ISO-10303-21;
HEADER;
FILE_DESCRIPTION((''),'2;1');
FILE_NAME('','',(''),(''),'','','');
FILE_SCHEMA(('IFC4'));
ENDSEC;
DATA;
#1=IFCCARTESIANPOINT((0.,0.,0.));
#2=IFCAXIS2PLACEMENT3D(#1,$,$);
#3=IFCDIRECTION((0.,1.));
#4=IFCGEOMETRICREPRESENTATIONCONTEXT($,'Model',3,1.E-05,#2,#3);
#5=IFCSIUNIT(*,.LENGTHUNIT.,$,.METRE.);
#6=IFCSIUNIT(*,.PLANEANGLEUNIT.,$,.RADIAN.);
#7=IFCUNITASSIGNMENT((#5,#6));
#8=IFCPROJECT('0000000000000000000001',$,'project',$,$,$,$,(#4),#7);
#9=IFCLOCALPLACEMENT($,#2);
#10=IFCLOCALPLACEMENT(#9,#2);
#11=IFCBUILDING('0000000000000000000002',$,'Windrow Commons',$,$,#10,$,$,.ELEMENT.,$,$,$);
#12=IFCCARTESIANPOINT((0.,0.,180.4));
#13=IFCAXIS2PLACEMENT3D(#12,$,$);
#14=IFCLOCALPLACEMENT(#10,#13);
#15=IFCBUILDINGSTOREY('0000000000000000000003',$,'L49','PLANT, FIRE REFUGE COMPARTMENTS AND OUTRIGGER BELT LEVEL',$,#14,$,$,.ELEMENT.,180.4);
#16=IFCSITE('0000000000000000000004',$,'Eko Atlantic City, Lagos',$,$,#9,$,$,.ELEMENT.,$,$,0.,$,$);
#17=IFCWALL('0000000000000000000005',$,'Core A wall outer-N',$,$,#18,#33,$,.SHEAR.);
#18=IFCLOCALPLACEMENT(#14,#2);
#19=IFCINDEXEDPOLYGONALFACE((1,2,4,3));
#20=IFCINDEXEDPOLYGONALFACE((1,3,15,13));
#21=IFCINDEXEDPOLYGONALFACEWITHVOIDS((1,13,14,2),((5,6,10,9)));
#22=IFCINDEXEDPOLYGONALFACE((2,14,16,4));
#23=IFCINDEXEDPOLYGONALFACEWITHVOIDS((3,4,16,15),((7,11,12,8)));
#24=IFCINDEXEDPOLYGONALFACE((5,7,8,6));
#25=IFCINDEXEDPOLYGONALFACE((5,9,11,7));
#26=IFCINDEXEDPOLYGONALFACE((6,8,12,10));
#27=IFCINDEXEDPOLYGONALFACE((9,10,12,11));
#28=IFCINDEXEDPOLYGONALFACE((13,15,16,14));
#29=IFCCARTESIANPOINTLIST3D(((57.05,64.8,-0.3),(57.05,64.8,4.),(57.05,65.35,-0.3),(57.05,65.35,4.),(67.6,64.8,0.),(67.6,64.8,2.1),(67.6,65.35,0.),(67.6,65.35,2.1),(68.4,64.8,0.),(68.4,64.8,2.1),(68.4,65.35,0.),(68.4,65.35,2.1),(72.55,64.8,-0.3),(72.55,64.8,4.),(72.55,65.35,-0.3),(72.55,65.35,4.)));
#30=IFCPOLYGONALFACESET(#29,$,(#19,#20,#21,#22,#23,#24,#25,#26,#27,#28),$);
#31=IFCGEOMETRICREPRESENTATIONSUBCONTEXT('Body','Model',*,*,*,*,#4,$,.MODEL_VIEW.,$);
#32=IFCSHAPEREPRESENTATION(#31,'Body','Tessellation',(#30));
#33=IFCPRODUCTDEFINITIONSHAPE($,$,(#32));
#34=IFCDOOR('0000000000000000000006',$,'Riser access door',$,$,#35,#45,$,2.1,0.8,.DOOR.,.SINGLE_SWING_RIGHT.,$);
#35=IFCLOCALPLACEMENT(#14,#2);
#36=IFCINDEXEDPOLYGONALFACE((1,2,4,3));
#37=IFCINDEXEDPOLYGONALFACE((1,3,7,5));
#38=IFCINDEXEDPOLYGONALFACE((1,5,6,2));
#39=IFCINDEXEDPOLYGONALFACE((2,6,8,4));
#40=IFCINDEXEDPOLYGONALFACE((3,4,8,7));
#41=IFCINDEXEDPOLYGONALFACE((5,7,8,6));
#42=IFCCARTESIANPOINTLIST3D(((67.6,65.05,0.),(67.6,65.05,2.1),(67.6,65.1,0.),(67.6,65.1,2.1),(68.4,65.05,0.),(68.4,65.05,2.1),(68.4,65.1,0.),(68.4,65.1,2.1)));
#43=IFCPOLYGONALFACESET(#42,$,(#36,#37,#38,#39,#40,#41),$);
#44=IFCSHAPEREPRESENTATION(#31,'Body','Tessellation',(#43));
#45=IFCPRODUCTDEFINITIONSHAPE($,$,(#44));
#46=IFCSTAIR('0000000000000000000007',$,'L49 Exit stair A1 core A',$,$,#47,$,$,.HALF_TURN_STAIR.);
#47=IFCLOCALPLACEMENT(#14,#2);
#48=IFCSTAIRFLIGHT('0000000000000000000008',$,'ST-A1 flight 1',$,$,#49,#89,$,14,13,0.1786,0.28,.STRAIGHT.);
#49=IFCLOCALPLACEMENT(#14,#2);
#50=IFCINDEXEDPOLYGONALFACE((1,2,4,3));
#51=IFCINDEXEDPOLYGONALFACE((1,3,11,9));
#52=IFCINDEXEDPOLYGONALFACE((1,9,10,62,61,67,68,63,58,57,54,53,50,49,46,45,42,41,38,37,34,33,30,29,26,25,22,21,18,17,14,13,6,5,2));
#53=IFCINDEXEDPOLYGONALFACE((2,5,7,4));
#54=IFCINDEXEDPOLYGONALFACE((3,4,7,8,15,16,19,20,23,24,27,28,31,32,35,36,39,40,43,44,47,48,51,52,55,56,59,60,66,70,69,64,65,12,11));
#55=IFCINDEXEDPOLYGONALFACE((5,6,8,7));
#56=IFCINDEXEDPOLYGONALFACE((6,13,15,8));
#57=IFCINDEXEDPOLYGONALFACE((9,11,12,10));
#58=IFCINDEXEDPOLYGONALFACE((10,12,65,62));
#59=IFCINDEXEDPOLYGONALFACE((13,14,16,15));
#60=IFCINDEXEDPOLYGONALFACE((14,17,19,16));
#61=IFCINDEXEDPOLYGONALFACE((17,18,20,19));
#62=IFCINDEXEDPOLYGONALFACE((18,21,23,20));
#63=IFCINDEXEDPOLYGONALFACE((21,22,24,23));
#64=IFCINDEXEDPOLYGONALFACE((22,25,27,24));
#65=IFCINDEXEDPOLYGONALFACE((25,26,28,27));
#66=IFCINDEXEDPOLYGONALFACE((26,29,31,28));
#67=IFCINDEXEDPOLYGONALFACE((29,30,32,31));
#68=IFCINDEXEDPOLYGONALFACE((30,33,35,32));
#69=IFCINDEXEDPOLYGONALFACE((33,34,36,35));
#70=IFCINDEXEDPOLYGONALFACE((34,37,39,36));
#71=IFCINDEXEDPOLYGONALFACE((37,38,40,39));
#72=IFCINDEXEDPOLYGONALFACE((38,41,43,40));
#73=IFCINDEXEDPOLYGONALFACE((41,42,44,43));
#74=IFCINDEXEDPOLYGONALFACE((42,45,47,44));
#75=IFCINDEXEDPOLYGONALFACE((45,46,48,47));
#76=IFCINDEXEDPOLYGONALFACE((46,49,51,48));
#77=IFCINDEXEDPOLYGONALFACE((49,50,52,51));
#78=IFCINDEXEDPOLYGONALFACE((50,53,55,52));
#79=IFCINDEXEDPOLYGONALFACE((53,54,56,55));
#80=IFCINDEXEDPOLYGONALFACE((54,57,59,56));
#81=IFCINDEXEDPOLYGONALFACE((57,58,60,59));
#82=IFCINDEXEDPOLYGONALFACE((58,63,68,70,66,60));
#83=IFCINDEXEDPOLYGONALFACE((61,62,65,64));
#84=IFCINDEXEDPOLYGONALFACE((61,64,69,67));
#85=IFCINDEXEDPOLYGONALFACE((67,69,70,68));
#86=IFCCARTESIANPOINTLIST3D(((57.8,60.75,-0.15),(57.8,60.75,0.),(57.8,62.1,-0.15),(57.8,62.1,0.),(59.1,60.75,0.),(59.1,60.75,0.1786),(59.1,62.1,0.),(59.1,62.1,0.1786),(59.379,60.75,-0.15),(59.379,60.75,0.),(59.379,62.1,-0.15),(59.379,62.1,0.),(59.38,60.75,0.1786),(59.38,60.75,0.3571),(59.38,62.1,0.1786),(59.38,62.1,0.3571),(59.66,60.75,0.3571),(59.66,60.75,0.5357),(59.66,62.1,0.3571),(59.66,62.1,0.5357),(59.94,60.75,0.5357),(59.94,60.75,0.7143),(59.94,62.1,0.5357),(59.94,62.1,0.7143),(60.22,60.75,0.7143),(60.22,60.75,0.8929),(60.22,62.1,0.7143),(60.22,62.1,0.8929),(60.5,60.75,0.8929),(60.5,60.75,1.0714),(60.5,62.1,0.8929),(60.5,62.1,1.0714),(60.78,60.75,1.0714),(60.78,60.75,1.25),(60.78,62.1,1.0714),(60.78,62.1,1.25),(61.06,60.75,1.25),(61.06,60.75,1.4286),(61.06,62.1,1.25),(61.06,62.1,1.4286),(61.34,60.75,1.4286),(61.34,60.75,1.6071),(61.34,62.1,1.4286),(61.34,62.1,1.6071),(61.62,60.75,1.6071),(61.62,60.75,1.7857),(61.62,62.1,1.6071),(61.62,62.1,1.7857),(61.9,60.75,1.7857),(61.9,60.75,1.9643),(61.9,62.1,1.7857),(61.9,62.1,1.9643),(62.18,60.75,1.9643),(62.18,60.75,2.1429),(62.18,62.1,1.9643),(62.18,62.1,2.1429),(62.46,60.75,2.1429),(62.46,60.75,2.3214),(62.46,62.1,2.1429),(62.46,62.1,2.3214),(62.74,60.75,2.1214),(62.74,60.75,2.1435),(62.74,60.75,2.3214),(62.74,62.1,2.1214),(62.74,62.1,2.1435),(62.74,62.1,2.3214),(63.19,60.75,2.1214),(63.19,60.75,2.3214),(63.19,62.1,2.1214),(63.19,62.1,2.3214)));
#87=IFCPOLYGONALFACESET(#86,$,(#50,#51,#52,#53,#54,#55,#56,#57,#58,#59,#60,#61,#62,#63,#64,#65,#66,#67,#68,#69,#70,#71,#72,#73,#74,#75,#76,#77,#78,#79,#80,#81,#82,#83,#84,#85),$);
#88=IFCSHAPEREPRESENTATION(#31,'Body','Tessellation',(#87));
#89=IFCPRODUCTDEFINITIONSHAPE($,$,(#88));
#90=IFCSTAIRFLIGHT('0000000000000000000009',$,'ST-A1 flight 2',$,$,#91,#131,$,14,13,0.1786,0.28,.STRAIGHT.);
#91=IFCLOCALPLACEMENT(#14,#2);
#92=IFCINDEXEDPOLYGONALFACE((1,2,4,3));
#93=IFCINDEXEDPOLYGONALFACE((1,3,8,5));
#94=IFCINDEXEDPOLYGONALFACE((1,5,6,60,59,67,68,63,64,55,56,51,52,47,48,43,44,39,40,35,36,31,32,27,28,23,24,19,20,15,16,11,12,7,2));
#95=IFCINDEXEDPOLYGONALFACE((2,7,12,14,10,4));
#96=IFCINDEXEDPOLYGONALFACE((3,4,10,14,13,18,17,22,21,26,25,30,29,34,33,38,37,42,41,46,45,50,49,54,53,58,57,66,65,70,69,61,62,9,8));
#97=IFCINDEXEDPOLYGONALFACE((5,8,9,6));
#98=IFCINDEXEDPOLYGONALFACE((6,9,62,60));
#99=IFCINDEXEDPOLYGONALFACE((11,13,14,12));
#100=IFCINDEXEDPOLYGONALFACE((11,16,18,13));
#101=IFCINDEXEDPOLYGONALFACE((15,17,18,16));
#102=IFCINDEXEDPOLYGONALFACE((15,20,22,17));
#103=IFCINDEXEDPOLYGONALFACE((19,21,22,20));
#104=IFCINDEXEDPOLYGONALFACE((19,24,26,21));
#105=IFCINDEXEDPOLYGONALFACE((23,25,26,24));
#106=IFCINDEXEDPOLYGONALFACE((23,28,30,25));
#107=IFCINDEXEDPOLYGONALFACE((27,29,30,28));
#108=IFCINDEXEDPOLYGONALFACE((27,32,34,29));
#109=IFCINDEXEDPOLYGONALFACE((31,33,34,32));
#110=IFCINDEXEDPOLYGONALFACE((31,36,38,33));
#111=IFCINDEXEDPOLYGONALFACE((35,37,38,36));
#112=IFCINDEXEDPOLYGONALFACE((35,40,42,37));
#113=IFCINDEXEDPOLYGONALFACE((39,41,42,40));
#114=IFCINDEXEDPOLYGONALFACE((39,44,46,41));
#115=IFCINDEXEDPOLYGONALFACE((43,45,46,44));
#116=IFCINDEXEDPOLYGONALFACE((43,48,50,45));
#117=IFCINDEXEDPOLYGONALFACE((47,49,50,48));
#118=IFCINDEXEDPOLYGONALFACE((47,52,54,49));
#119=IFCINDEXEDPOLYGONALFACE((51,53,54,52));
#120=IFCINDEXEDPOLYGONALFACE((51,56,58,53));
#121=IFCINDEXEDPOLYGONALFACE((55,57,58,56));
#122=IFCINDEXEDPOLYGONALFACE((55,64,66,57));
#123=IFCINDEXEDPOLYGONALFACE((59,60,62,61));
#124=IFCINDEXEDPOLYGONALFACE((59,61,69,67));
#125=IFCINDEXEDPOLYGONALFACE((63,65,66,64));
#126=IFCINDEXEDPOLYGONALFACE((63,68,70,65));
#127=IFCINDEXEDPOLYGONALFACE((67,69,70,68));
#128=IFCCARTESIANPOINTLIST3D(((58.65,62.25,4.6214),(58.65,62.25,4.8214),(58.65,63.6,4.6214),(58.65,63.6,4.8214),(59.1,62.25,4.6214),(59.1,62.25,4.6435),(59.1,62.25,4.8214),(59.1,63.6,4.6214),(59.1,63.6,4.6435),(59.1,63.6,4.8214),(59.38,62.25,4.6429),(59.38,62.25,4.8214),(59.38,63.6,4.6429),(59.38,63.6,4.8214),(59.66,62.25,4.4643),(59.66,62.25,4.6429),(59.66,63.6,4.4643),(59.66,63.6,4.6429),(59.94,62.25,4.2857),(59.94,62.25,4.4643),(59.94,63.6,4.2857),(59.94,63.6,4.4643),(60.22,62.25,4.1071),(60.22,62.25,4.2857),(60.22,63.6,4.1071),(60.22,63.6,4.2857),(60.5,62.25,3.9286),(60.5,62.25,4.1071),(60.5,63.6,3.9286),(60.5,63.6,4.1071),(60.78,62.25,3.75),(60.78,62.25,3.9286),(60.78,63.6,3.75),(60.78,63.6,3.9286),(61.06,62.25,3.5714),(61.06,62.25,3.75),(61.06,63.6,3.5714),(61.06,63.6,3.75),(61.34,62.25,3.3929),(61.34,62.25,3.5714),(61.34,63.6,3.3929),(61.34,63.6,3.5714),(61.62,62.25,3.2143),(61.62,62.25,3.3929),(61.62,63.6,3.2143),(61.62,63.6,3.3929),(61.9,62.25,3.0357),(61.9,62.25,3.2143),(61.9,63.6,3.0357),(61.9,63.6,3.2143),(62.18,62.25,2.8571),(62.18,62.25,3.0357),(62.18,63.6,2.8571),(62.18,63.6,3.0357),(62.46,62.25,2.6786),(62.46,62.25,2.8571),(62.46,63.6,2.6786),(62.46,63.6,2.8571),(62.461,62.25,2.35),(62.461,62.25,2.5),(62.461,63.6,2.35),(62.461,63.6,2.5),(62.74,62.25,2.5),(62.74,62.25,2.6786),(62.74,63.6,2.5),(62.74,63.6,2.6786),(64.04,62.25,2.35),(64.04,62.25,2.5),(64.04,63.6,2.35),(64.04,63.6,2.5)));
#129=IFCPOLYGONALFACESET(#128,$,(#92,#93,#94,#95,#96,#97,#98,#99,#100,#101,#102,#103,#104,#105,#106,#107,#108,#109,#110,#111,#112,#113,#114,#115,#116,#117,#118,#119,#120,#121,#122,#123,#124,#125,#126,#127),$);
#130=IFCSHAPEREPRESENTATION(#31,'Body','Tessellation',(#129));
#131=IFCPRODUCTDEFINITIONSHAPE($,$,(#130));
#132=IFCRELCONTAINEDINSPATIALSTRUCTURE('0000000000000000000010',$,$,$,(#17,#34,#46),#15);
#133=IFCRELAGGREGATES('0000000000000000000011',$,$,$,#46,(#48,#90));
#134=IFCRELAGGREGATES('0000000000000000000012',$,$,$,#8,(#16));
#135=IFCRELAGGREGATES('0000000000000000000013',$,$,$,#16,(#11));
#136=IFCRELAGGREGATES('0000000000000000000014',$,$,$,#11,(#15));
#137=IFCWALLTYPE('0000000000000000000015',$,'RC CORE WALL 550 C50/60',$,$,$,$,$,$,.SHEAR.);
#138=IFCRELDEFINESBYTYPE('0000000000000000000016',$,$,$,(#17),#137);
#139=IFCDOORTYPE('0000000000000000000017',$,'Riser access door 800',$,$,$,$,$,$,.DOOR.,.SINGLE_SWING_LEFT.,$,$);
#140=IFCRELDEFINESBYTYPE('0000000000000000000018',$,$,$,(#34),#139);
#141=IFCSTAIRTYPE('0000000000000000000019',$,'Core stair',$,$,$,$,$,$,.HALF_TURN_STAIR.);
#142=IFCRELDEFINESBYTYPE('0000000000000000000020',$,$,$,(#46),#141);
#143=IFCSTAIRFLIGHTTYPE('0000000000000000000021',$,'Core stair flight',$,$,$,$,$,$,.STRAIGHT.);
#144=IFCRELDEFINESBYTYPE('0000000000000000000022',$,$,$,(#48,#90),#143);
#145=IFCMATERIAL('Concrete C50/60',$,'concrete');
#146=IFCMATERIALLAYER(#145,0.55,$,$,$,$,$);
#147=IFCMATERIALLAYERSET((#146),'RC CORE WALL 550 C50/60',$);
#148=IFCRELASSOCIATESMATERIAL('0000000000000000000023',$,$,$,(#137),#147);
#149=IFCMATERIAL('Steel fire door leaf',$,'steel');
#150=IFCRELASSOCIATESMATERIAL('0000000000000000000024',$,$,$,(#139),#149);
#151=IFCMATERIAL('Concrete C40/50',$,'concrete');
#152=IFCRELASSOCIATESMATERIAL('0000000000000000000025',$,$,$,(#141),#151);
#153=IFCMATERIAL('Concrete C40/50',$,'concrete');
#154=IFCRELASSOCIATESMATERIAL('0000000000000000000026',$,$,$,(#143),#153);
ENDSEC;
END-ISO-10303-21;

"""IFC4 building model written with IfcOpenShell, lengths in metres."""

from ifc_helpers import new_model, si_unit, direction, frame, frame_2d, origin, place, context, subcontext, project, spatial, polyline, rectangle, outline, extrude, material, layer, layer_set, type_object, element, fill, aggregate, save


model = new_model("IFC4")

# Units and contexts
model_context = context("Model", 3, precision=1e-05, world=origin(), true_north=direction((0.0, 1.0)))
body_context = subcontext(model_context, "Body", "Model", "MODEL_VIEW")
ifc_project = project(units=[si_unit("LENGTHUNIT", "METRE"), si_unit("PLANEANGLEUNIT", "RADIAN")], contexts=[model_context])

# Site, building, storey
site_placement = place(None, origin())
site = spatial("IfcSite", under=ifc_project, at=site_placement, Name="Eko Atlantic City, Lagos", CompositionType="ELEMENT", RefElevation=0.0)
building_placement = place(site_placement, origin())
building = spatial("IfcBuilding", under=site, at=building_placement, Name="Windrow Commons", CompositionType="ELEMENT")
storey_placement = place(building_placement, frame((0.0, 0.0, 180.4)))
storey = spatial("IfcBuildingStorey", under=building, at=storey_placement, Name="L49", Description="PLANT, FIRE REFUGE COMPARTMENTS AND OUTRIGGER BELT LEVEL", CompositionType="ELEMENT", Elevation=180.4)

# Wall, opening, door
ifc_material_1 = material(Name="Concrete C50/60", Category="concrete")
ifc_layer_1 = layer(ifc_material_1, 0.55)
ifc_layer_set_1 = layer_set([ifc_layer_1], Name="RC CORE WALL 550 C50/60")
wall_type_1 = type_object("IfcWallType", Name="RC CORE WALL 550 C50/60", PredefinedType="SHEAR", material=ifc_layer_set_1)
wall_1_placement = place(storey_placement, frame((57.05, 65.075, -0.3), z_axis=(0.0, 0.0, 1.0), x_axis=(1.0, 0.0, 0.0)))
wall_1 = element("IfcWall", 1, at=wall_1_placement, inside=storey, type_object=wall_type_1, Name="Core A wall outer-N", PredefinedType="SHEAR", context=body_context, shape_type="SweptSolid", body=[
    extrude(rectangle(XDim=15.5, YDim=0.55, at=frame_2d((7.75, 0.0))), origin(), (0.0, 0.0, 1.0), 4.3),
])
opening_1_placement = place(wall_1_placement, frame((10.55, 0.0, 0.3)))
opening_1 = element("IfcOpeningElement", 2, at=opening_1_placement, cuts=wall_1, PredefinedType="OPENING", context=body_context, shape_type="SweptSolid", body=[
    extrude(rectangle(XDim=0.8, YDim=2.1, at=frame_2d((0.4, 1.05))), frame((0.0, 0.285, 0.0), z_axis=(0.0, -1.0, 0.0), x_axis=(1.0, 0.0, 0.0)), (0.0, 0.0, 1.0), 0.57),
])
ifc_material_2 = material(Name="Steel fire door leaf", Category="steel")
door_type_1 = type_object("IfcDoorType", Name="Riser access door 800", OperationType="SINGLE_SWING_LEFT", PredefinedType="DOOR", material=ifc_material_2)
door_1_placement = place(opening_1_placement, origin())
door_1 = element("IfcDoor", 3, at=door_1_placement, inside=storey, type_object=door_type_1, Name="Riser access door", OperationType="SINGLE_SWING_RIGHT", OverallHeight=2.1, OverallWidth=0.8, PredefinedType="DOOR", context=body_context, shape_type="SweptSolid", body=[
    extrude(rectangle(XDim=0.8, YDim=2.1, at=frame_2d((0.4, 1.05))), frame((0.0, 0.025, 0.0), z_axis=(0.0, -1.0, 0.0), x_axis=(1.0, 0.0, 0.0)), (0.0, 0.0, 1.0), 0.05),
])
fill(opening_1, door_1)

# Stair, stair flights
ifc_material_3 = material(Name="Concrete C40/50", Category="concrete")
stair_type = type_object("IfcStairType", Name="Core stair", PredefinedType="HALF_TURN_STAIR", material=ifc_material_3)
stair_placement = place(storey_placement, origin())
stair = element("IfcStair", 4, at=stair_placement, inside=storey, type_object=stair_type, Name="L49 Exit stair A1 core A", PredefinedType="HALF_TURN_STAIR")
ifc_material_4 = material(Name="Concrete C40/50", Category="concrete")
stair_flight_type = type_object("IfcStairFlightType", Name="Core stair flight", PredefinedType="STRAIGHT", material=ifc_material_4)
stair_flight_1_placement = place(storey_placement, frame((59.1, 61.425, 0.0), z_axis=(0.0, 0.0, 1.0), x_axis=(1.0, 0.0, 0.0)))
stair_flight_1 = element("IfcStairFlight", 5, at=stair_flight_1_placement, type_object=stair_flight_type, Name="ST-A1 flight 1", NumberOfRisers=14, NumberOfTreads=13, PredefinedType="STRAIGHT", RiserHeight=0.1786, TreadLength=0.28, context=body_context, shape_type="SweptSolid", body=[
    extrude(outline(polyline([(-1.3, -0.15), (-1.3, 0.0), (0.0, 0.0), (0.0, 0.1786), (0.28, 0.1786), (0.28, 0.3571), (0.56, 0.3571), (0.56, 0.5357), (0.84, 0.5357), (0.84, 0.7143), (1.12, 0.7143), (1.12, 0.8929), (1.4, 0.8929), (1.4, 1.0714), (1.68, 1.0714), (1.68, 1.25), (1.96, 1.25), (1.96, 1.4286), (2.24, 1.4286), (2.24, 1.6071), (2.52, 1.6071), (2.52, 1.7857), (2.8, 1.7857), (2.8, 1.9643), (3.08, 1.9643), (3.08, 2.1429), (3.36, 2.1429), (3.36, 2.3214), (3.64, 2.3214), (4.09, 2.3214), (4.09, 2.1214), (3.64, 2.1214), (3.64, 2.1435), (0.279, 0.0), (0.279, -0.15), (-1.3, -0.15)])), frame((0.0, 0.675, 0.0), z_axis=(0.0, -1.0, 0.0), x_axis=(1.0, 0.0, 0.0)), (0.0, 0.0, 1.0), 1.35),
])
stair_flight_2_placement = place(storey_placement, frame((62.74, 62.925, 2.5), z_axis=(0.0, 0.0, 1.0), x_axis=(-1.0, 0.0, 0.0)))
stair_flight_2 = element("IfcStairFlight", 6, at=stair_flight_2_placement, type_object=stair_flight_type, Name="ST-A1 flight 2", NumberOfRisers=14, NumberOfTreads=13, PredefinedType="STRAIGHT", RiserHeight=0.1786, TreadLength=0.28, context=body_context, shape_type="SweptSolid", body=[
    extrude(outline(polyline([(-1.3, -0.15), (-1.3, 0.0), (0.0, 0.0), (0.0, 0.1786), (0.28, 0.1786), (0.28, 0.3571), (0.56, 0.3571), (0.56, 0.5357), (0.84, 0.5357), (0.84, 0.7143), (1.12, 0.7143), (1.12, 0.8929), (1.4, 0.8929), (1.4, 1.0714), (1.68, 1.0714), (1.68, 1.25), (1.96, 1.25), (1.96, 1.4286), (2.24, 1.4286), (2.24, 1.6071), (2.52, 1.6071), (2.52, 1.7857), (2.8, 1.7857), (2.8, 1.9643), (3.08, 1.9643), (3.08, 2.1429), (3.36, 2.1429), (3.36, 2.3214), (3.64, 2.3214), (4.09, 2.3214), (4.09, 2.1214), (3.64, 2.1214), (3.64, 2.1435), (0.279, 0.0), (0.279, -0.15), (-1.3, -0.15)])), frame((0.0, 0.675, 0.0), z_axis=(0.0, -1.0, 0.0), x_axis=(1.0, 0.0, 0.0)), (0.0, 0.0, 1.0), 1.35),
])
aggregate(stair, [stair_flight_1, stair_flight_2])

save(model, "model.ifc")
